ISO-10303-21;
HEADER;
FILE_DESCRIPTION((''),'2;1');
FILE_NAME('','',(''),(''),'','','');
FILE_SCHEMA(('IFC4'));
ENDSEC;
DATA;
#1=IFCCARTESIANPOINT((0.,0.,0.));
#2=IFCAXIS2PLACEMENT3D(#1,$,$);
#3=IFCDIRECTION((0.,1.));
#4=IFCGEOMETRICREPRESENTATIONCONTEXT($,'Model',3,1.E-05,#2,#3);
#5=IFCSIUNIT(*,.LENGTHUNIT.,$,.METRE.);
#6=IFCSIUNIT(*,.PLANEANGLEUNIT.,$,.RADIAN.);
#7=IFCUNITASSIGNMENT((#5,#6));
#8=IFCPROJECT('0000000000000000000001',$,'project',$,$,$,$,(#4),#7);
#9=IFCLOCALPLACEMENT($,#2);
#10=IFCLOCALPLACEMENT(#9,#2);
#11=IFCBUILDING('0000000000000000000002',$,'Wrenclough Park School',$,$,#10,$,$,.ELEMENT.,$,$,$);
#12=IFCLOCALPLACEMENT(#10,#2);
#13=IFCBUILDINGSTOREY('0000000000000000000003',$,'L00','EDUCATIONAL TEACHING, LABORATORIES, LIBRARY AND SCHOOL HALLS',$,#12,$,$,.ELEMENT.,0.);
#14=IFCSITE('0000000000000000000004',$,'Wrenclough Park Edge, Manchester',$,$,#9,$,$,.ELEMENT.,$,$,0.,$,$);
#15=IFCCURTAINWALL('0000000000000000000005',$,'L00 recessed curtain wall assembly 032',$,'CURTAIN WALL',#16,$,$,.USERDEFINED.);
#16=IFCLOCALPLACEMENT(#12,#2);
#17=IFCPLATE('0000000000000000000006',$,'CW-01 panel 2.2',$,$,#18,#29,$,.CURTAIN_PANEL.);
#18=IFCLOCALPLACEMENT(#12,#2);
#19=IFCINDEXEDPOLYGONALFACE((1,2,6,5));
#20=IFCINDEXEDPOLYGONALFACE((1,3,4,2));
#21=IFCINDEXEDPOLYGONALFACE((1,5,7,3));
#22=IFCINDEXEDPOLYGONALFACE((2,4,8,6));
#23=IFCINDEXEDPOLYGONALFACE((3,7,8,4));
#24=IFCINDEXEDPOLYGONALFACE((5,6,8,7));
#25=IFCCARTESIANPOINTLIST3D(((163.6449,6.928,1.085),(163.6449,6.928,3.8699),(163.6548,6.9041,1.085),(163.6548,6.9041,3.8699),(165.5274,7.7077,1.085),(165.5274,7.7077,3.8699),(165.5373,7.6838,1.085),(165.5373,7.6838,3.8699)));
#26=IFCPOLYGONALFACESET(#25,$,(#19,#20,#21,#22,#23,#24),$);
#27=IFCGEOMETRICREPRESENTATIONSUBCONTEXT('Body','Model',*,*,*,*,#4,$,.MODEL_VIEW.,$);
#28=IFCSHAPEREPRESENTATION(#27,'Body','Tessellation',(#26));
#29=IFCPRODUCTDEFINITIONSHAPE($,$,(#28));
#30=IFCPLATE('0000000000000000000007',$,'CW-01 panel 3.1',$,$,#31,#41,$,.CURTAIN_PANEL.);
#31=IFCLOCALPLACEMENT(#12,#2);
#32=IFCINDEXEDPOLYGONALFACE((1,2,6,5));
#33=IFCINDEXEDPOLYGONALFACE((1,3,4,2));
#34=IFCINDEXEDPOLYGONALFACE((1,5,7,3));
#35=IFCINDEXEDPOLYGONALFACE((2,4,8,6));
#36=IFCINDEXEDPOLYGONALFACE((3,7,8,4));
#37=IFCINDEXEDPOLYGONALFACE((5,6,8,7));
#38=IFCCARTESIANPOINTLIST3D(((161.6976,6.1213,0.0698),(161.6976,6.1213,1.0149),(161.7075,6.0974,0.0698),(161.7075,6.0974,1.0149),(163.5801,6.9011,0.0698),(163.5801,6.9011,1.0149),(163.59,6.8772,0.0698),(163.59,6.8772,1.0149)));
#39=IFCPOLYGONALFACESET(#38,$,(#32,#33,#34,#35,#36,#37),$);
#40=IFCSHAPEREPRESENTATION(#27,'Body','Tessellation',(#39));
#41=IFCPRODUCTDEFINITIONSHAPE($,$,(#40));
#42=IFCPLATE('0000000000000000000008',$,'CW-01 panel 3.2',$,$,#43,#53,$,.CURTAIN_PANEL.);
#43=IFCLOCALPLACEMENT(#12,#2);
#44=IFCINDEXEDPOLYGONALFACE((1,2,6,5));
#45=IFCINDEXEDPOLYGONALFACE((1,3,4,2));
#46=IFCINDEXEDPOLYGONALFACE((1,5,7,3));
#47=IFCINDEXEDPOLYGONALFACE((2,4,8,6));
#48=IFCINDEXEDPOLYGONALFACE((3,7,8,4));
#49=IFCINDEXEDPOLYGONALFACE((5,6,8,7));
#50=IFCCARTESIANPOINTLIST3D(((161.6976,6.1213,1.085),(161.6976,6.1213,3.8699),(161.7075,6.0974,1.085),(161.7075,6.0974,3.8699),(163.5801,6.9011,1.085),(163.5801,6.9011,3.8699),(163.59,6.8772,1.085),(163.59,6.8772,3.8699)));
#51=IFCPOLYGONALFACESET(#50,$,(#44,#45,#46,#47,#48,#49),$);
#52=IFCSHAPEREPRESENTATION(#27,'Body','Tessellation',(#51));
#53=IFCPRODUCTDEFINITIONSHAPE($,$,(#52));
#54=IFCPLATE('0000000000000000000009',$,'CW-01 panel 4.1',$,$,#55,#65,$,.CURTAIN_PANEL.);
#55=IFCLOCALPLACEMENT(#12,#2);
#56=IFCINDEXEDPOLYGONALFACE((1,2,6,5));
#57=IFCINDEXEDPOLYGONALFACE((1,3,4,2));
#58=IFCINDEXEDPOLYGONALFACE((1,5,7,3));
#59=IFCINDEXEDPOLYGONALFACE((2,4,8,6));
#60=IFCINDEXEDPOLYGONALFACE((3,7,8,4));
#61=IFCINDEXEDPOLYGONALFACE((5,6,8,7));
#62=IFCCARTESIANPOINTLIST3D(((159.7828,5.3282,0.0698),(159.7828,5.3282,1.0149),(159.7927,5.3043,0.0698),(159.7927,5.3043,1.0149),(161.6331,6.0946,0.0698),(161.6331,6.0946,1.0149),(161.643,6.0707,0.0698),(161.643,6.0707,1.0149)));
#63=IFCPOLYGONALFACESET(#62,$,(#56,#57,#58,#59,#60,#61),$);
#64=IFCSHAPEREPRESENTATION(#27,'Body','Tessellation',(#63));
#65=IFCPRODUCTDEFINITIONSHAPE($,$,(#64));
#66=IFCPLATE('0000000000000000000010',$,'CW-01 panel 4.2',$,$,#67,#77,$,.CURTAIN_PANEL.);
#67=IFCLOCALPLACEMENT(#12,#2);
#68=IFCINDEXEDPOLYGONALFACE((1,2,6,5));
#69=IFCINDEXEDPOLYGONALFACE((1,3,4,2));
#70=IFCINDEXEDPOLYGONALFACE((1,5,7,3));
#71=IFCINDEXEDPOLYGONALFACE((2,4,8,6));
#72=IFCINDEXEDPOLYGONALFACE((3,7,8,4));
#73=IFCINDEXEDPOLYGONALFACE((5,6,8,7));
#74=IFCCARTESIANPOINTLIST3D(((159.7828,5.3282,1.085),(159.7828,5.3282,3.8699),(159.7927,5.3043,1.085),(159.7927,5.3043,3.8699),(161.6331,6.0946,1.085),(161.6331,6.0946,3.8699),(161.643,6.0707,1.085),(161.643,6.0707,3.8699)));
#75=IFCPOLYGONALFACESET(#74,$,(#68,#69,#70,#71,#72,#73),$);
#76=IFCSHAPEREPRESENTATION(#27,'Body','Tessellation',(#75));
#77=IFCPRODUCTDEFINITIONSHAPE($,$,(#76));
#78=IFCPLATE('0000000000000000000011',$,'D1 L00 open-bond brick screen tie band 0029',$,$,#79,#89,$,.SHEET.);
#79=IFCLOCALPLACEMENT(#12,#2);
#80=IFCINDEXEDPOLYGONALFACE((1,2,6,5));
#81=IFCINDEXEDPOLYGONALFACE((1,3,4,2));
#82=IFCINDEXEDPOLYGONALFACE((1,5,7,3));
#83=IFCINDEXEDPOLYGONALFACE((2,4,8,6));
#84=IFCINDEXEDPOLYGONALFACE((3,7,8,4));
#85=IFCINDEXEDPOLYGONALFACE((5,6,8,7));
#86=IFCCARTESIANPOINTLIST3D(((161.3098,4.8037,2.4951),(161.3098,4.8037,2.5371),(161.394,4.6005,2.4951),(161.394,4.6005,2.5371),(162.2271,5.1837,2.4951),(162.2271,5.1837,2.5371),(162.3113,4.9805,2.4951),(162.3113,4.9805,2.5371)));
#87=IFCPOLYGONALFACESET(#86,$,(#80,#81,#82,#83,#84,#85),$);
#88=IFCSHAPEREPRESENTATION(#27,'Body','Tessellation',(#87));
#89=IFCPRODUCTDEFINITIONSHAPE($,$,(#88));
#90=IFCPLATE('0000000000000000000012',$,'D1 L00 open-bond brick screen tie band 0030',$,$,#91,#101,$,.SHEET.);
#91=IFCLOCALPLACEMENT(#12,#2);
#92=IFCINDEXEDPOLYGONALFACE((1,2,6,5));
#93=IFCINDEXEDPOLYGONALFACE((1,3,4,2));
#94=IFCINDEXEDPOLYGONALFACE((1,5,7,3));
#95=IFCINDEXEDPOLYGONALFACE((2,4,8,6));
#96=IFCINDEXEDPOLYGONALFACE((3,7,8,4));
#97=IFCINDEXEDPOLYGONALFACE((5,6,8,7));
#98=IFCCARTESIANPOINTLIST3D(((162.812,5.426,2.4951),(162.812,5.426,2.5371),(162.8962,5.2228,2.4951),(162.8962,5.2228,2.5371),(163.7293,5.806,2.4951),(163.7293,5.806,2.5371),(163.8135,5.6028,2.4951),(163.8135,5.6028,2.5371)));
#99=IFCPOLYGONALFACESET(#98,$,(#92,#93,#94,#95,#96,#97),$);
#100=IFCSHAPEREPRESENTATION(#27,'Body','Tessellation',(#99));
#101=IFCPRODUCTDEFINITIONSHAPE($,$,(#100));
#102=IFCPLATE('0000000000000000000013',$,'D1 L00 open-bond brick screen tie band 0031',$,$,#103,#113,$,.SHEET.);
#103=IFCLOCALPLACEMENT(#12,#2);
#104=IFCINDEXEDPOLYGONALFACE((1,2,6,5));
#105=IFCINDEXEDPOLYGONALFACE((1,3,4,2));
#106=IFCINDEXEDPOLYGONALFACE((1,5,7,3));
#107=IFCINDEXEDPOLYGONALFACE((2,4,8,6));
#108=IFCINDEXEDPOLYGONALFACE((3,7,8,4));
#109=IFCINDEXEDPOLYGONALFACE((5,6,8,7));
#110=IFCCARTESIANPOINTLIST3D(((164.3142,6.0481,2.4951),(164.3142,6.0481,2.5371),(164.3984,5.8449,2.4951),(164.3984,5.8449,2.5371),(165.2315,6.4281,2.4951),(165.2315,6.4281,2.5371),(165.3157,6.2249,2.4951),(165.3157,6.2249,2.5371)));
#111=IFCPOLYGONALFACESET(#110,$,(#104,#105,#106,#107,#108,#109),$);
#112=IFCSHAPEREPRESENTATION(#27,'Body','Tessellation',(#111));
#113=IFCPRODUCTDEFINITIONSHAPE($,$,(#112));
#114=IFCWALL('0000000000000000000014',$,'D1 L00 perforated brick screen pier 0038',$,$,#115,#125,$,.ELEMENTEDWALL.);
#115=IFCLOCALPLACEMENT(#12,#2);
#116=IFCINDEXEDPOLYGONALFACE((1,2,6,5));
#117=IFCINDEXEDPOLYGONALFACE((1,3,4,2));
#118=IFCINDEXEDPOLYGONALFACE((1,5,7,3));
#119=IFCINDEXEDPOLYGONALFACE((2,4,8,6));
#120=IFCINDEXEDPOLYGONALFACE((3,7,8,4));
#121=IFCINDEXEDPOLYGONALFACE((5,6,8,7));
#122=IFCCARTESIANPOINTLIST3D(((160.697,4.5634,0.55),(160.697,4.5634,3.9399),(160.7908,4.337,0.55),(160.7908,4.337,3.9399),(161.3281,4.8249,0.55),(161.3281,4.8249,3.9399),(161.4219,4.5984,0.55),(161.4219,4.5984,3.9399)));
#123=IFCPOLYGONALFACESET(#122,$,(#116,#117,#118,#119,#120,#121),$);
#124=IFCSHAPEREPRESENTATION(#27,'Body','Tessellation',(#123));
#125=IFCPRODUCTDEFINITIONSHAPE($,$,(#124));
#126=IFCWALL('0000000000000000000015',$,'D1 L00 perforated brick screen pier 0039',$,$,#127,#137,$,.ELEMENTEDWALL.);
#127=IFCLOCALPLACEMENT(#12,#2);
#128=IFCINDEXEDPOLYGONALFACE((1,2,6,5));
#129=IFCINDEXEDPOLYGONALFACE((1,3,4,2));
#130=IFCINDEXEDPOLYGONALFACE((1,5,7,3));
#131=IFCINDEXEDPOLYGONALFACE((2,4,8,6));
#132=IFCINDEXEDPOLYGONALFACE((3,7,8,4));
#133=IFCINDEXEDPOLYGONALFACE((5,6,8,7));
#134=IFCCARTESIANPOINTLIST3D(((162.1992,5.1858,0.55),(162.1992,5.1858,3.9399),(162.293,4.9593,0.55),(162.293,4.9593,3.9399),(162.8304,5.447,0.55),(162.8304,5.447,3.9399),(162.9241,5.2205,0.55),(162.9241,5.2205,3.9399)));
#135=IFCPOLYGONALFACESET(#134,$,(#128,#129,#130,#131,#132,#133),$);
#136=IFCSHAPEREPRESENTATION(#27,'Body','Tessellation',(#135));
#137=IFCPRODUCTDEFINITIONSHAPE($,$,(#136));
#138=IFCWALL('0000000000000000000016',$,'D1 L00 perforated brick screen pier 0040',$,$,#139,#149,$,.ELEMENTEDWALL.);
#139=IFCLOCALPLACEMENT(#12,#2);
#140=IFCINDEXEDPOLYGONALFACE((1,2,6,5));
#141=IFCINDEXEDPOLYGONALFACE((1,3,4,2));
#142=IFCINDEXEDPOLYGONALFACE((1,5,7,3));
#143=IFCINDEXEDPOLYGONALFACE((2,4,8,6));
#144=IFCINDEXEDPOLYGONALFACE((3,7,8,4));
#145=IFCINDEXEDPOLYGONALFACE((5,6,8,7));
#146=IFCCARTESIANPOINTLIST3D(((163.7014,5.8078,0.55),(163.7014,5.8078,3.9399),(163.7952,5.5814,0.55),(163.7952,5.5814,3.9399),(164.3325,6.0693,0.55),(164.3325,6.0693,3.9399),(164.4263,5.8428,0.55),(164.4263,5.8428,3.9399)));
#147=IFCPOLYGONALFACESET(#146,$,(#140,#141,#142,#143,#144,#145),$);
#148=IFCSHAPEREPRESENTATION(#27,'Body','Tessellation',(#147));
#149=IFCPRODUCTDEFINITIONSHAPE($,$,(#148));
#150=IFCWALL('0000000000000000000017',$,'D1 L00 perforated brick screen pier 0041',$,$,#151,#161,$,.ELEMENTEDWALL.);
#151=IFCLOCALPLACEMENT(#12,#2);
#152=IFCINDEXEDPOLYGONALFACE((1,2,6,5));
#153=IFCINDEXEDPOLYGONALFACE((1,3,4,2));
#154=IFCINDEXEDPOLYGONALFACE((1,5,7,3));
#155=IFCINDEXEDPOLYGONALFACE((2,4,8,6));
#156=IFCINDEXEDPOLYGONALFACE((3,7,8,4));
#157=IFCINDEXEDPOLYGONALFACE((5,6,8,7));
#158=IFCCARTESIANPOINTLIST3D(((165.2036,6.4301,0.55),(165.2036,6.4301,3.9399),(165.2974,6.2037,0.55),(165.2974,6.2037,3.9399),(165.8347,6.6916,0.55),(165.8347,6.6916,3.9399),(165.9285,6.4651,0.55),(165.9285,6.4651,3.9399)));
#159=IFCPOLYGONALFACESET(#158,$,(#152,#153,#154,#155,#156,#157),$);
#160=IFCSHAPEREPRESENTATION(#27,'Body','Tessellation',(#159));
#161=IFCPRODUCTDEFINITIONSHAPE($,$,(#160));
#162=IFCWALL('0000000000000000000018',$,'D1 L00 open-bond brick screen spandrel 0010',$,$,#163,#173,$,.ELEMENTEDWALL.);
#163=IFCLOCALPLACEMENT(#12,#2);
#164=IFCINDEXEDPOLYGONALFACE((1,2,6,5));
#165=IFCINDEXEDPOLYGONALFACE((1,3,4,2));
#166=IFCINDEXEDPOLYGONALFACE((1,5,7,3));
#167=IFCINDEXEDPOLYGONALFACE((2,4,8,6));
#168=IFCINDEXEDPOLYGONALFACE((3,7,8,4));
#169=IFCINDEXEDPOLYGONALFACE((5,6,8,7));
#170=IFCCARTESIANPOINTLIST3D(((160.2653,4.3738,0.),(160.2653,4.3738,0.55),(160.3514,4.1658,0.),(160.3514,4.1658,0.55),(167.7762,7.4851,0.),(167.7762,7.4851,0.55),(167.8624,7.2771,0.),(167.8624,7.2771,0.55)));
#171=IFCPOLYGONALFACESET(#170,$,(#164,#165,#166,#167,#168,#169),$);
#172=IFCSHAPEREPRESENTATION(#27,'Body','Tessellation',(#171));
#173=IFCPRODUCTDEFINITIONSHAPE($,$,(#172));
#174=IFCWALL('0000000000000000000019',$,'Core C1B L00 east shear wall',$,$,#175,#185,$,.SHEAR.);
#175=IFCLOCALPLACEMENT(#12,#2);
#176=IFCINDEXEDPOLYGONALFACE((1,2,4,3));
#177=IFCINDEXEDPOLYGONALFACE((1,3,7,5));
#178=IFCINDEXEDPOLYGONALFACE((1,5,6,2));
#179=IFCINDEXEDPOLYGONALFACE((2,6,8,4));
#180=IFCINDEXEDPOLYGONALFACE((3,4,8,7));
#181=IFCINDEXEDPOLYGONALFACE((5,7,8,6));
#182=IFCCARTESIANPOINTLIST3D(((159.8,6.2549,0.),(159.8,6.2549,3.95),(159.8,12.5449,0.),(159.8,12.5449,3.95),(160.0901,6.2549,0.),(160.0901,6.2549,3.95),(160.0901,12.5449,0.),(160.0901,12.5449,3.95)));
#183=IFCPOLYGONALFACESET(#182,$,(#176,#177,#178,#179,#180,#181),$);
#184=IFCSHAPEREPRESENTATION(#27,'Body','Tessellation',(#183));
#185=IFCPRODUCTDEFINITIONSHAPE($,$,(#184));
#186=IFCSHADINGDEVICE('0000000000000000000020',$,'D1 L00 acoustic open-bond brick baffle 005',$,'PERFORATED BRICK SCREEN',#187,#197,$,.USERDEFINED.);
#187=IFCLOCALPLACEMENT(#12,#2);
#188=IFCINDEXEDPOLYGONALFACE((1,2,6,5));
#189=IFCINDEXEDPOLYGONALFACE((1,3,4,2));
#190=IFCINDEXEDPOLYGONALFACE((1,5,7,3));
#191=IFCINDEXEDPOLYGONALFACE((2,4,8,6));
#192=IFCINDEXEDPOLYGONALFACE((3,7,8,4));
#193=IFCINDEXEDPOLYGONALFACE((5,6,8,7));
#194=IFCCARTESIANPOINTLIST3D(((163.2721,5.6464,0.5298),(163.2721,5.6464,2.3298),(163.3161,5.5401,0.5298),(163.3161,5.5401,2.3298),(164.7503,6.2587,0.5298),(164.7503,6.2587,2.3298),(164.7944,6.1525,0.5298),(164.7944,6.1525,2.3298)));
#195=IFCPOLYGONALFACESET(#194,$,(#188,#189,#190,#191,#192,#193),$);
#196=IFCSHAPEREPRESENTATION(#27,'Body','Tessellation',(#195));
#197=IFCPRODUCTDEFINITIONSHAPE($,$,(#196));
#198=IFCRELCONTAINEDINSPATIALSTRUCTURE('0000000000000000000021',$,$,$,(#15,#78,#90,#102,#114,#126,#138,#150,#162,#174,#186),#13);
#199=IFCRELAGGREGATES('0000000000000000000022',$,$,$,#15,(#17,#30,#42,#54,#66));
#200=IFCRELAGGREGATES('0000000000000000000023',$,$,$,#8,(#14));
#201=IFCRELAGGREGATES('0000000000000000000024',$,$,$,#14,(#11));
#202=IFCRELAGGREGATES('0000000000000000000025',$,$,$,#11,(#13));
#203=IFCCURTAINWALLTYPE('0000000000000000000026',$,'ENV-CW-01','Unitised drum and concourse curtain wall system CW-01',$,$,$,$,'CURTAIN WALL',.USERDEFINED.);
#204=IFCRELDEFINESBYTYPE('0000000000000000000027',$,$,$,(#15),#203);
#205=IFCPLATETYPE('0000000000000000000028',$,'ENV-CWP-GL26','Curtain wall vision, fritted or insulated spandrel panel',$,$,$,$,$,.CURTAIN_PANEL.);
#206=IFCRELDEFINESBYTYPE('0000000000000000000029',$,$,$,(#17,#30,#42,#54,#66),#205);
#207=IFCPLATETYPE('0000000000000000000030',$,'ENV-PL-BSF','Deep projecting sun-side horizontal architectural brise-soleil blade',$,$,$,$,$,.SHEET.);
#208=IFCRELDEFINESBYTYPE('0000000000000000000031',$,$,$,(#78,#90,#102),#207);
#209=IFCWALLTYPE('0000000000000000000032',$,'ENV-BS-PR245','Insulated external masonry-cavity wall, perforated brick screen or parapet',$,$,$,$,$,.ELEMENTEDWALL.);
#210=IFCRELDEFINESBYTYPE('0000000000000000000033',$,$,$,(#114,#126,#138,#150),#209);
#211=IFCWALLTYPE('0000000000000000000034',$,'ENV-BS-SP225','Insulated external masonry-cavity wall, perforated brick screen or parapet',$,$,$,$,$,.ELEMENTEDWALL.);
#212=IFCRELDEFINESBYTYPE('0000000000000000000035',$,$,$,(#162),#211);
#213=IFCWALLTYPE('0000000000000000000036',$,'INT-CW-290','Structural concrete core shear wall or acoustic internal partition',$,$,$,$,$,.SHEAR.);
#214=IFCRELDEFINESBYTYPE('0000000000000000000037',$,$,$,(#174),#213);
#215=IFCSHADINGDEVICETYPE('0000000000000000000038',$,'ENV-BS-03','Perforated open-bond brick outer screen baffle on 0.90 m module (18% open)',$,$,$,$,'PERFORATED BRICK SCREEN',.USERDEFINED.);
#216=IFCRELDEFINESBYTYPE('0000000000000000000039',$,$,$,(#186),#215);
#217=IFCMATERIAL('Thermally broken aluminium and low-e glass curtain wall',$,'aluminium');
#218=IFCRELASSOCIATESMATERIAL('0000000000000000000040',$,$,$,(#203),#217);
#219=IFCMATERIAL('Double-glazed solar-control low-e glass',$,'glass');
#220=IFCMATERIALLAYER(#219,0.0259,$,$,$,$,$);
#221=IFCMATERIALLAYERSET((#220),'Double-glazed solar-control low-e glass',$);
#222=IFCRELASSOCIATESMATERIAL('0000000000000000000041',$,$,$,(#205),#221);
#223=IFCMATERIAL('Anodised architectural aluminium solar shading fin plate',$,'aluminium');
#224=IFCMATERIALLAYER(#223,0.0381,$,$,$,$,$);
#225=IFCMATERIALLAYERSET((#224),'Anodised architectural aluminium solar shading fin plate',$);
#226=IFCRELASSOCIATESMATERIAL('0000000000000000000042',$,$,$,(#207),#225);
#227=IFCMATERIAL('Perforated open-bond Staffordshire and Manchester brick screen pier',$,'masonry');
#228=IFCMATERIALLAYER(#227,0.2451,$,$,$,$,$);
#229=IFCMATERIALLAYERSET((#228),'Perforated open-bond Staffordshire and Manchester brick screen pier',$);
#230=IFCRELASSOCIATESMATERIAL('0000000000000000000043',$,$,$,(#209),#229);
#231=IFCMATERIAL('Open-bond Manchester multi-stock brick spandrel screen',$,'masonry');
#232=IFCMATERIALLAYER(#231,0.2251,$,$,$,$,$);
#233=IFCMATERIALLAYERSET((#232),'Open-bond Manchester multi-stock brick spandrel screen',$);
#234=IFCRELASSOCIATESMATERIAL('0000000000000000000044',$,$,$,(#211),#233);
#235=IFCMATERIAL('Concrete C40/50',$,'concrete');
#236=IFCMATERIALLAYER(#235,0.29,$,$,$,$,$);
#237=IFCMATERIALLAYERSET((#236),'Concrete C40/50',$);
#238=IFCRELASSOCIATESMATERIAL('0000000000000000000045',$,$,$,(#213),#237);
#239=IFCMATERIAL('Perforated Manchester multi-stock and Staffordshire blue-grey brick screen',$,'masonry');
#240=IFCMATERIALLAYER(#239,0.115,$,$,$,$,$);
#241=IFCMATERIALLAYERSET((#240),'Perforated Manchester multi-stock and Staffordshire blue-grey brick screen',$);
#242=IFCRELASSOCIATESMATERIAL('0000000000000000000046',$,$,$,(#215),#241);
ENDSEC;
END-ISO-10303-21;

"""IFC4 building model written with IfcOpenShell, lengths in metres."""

from ifc_helpers import new_model, si_unit, direction, frame, frame_2d, origin, origin_2d, place, context, subcontext, project, spatial, rectangle, extrude, material, layer, layer_set, type_object, element, aggregate, save


model = new_model("IFC4")

# Units and contexts
model_context = context("Model", 3, precision=1e-05, world=origin(), true_north=direction((0.0, 1.0)))
body_context = subcontext(model_context, "Body", "Model", "MODEL_VIEW")
ifc_project = project(units=[si_unit("LENGTHUNIT", "METRE"), si_unit("PLANEANGLEUNIT", "RADIAN")], contexts=[model_context])

# Site, building, storey
site_placement = place(None, origin())
site = spatial("IfcSite", under=ifc_project, at=site_placement, Name="Wrenclough Park Edge, Manchester", CompositionType="ELEMENT", RefElevation=0.0)
building_placement = place(site_placement, origin())
building = spatial("IfcBuilding", under=site, at=building_placement, Name="Wrenclough Park School", CompositionType="ELEMENT")
storey_placement = place(building_placement, origin())
storey = spatial("IfcBuildingStorey", under=building, at=storey_placement, Name="L00", Description="EDUCATIONAL TEACHING, LABORATORIES, LIBRARY AND SCHOOL HALLS", CompositionType="ELEMENT", Elevation=0.0)

# Shared definitions
ifc_material_1 = material(Name="Concrete C40/50", Category="concrete")

# Curtain wall
ifc_material_2 = material(Name="Thermally broken aluminium and low-e glass curtain wall", Category="aluminium")
curtain_wall_type = type_object("IfcCurtainWallType", Name="ENV-CW-01", Description="Unitised drum and concourse curtain wall system CW-01", ElementType="CURTAIN WALL", PredefinedType="USERDEFINED", material=ifc_material_2)
curtain_wall_placement = place(storey_placement, origin())
curtain_wall = element("IfcCurtainWall", 1, at=curtain_wall_placement, inside=storey, type_object=curtain_wall_type, Name="L00 recessed curtain wall assembly 032", ObjectType="CURTAIN WALL", PredefinedType="USERDEFINED")

# Plates
ifc_material_3 = material(Name="Double-glazed solar-control low-e glass", Category="glass")
ifc_layer_1 = layer(ifc_material_3, 0.0259)
ifc_layer_set_1 = layer_set([ifc_layer_1], Name="Double-glazed solar-control low-e glass")
plate_type_1 = type_object("IfcPlateType", Name="ENV-CWP-GL26", Description="Curtain wall vision, fritted or insulated spandrel panel", PredefinedType="CURTAIN_PANEL", material=ifc_layer_set_1)
plate_1_placement = place(storey_placement, frame((164.5911, 7.3059, 1.085), z_axis=(0.0, 0.0, 1.0), x_axis=(-0.923878, -0.382687, 0.0)))
plate_1 = element("IfcPlate", 2, at=plate_1_placement, type_object=plate_type_1, Name="CW-01 panel 2.2", PredefinedType="CURTAIN_PANEL", context=body_context, shape_type="SweptSolid", body=[
    extrude(rectangle(XDim=2.0376, YDim=0.0259, at=origin_2d()), origin(), (0.0, 0.0, 1.0), 2.7849),
])
plate_2_placement = place(storey_placement, frame((162.6438, 6.4993, 0.0698), z_axis=(0.0, 0.0, 1.0), x_axis=(-0.923878, -0.382687, 0.0)))
plate_2 = element("IfcPlate", 3, at=plate_2_placement, type_object=plate_type_1, Name="CW-01 panel 3.1", PredefinedType="CURTAIN_PANEL", context=body_context, shape_type="SweptSolid", body=[
    extrude(rectangle(XDim=2.0376, YDim=0.0259, at=origin_2d()), origin(), (0.0, 0.0, 1.0), 0.9451),
])
plate_3_placement = place(storey_placement, frame((162.6438, 6.4993, 1.085), z_axis=(0.0, 0.0, 1.0), x_axis=(-0.923878, -0.382687, 0.0)))
plate_3 = element("IfcPlate", 4, at=plate_3_placement, type_object=plate_type_1, Name="CW-01 panel 3.2", PredefinedType="CURTAIN_PANEL", context=body_context, shape_type="SweptSolid", body=[
    extrude(rectangle(XDim=2.0376, YDim=0.0259, at=origin_2d()), origin(), (0.0, 0.0, 1.0), 2.7849),
])
plate_4_placement = place(storey_placement, frame((160.7129, 5.6995, 0.0698), z_axis=(0.0, 0.0, 1.0), x_axis=(-0.923878, -0.382687, 0.0)))
plate_4 = element("IfcPlate", 5, at=plate_4_placement, type_object=plate_type_1, Name="CW-01 panel 4.1", PredefinedType="CURTAIN_PANEL", context=body_context, shape_type="SweptSolid", body=[
    extrude(rectangle(XDim=2.0027, YDim=0.0259, at=origin_2d()), origin(), (0.0, 0.0, 1.0), 0.9451),
])
plate_5_placement = place(storey_placement, frame((160.7129, 5.6995, 1.085), z_axis=(0.0, 0.0, 1.0), x_axis=(-0.923878, -0.382687, 0.0)))
plate_5 = element("IfcPlate", 6, at=plate_5_placement, type_object=plate_type_1, Name="CW-01 panel 4.2", PredefinedType="CURTAIN_PANEL", context=body_context, shape_type="SweptSolid", body=[
    extrude(rectangle(XDim=2.0027, YDim=0.0259, at=origin_2d()), origin(), (0.0, 0.0, 1.0), 2.7849),
])
aggregate(curtain_wall, [plate_1, plate_2, plate_3, plate_4, plate_5])

# Plates
ifc_material_4 = material(Name="Anodised architectural aluminium solar shading fin plate", Category="aluminium")
ifc_layer_2 = layer(ifc_material_4, 0.0381)
ifc_layer_set_2 = layer_set([ifc_layer_2], Name="Anodised architectural aluminium solar shading fin plate")
plate_type_2 = type_object("IfcPlateType", Name="ENV-PL-BSF", Description="Deep projecting sun-side horizontal architectural brise-soleil blade", PredefinedType="SHEET", material=ifc_layer_set_2)
for number, where, z_axis, x_axis, name in (
    (7, (161.8105, 4.8921, 2.4951), (0.0, 0.0, 1.0), (0.923876, 0.382692, 0.0), "D1 L00 open-bond brick screen tie band 0029"),
    (8, (163.3127, 5.5144, 2.4951), (0.0, 0.0, 1.0), (0.923876, 0.382692, 0.0), "D1 L00 open-bond brick screen tie band 0030"),
    (9, (164.8149, 6.1365, 2.4951), (0.0, 0.0, 1.0), (0.923876, 0.382692, 0.0), "D1 L00 open-bond brick screen tie band 0031"),
):
    element("IfcPlate", number, at=place(storey_placement, frame(where, z_axis=z_axis, x_axis=x_axis)), inside=storey, type_object=plate_type_2, Name=name, PredefinedType="SHEET", context=body_context, shape_type="SweptSolid", body=[
        extrude(rectangle(XDim=0.9929, YDim=0.22, at=origin_2d()), origin(), (0.0, 0.0, 1.0), 0.042),
    ])

# Walls
ifc_material_5 = material(Name="Perforated open-bond Staffordshire and Manchester brick screen pier", Category="masonry")
ifc_layer_3 = layer(ifc_material_5, 0.2451)
ifc_layer_set_3 = layer_set([ifc_layer_3], Name="Perforated open-bond Staffordshire and Manchester brick screen pier")
wall_type_1 = type_object("IfcWallType", Name="ENV-BS-PR245", Description="Insulated external masonry-cavity wall, perforated brick screen or parapet", PredefinedType="ELEMENTEDWALL", material=ifc_layer_set_3)
for number, where, z_axis, x_axis, name in (
    (10, (160.7439, 4.4502, 0.55), (0.0, 0.0, 1.0), (0.923847, 0.382762, 0.0), "D1 L00 perforated brick screen pier 0038"),
    (11, (162.2461, 5.0725, 0.55), (0.0, 0.0, 1.0), (0.923973, 0.382457, 0.0), "D1 L00 perforated brick screen pier 0039"),
    (12, (163.7483, 5.6946, 0.55), (0.0, 0.0, 1.0), (0.923847, 0.382762, 0.0), "D1 L00 perforated brick screen pier 0040"),
    (13, (165.2505, 6.3169, 0.55), (0.0, 0.0, 1.0), (0.923847, 0.382762, 0.0), "D1 L00 perforated brick screen pier 0041"),
):
    element("IfcWall", number, at=place(storey_placement, frame(where, z_axis=z_axis, x_axis=x_axis)), inside=storey, type_object=wall_type_1, Name=name, PredefinedType="ELEMENTEDWALL", context=body_context, shape_type="SweptSolid", body=[
        extrude(rectangle(XDim=0.6831, YDim=0.2451, at=frame_2d((0.3416, 0.0))), origin(), (0.0, 0.0, 1.0), 3.3899),
    ])
ifc_material_6 = material(Name="Open-bond Manchester multi-stock brick spandrel screen", Category="masonry")
ifc_layer_4 = layer(ifc_material_6, 0.2251)
ifc_layer_set_4 = layer_set([ifc_layer_4], Name="Open-bond Manchester multi-stock brick spandrel screen")
wall_type_2 = type_object("IfcWallType", Name="ENV-BS-SP225", Description="Insulated external masonry-cavity wall, perforated brick screen or parapet", PredefinedType="ELEMENTEDWALL", material=ifc_layer_set_4)
wall_1_placement = place(storey_placement, frame((160.3083, 4.2698, 0.0), z_axis=(0.0, 0.0, 1.0), x_axis=(0.923872, 0.382702, 0.0)))
element("IfcWall", 14, at=wall_1_placement, inside=storey, type_object=wall_type_2, Name="D1 L00 open-bond brick screen spandrel 0010", PredefinedType="ELEMENTEDWALL", context=body_context, shape_type="SweptSolid", body=[
    extrude(rectangle(XDim=8.1299, YDim=0.2251, at=frame_2d((4.0649, 0.0))), origin(), (0.0, 0.0, 1.0), 0.55),
])
ifc_layer_5 = layer(ifc_material_1, 0.29)
ifc_layer_set_5 = layer_set([ifc_layer_5], Name="Concrete C40/50")
wall_type_3 = type_object("IfcWallType", Name="INT-CW-290", Description="Structural concrete core shear wall or acoustic internal partition", PredefinedType="SHEAR", material=ifc_layer_set_5)
wall_2_placement = place(storey_placement, frame((159.9451, 6.2549, 0.0), z_axis=(0.0, 0.0, 1.0), x_axis=(0.0, 1.0, 0.0)))
element("IfcWall", 15, at=wall_2_placement, inside=storey, type_object=wall_type_3, Name="Core C1B L00 east shear wall", PredefinedType="SHEAR", context=body_context, shape_type="SweptSolid", body=[
    extrude(rectangle(XDim=6.29, YDim=0.29, at=frame_2d((3.145, 0.0))), origin(), (0.0, 0.0, 1.0), 3.95),
])

# Shading device
ifc_material_7 = material(Name="Perforated Manchester multi-stock and Staffordshire blue-grey brick screen", Category="masonry")
ifc_layer_6 = layer(ifc_material_7, 0.115)
ifc_layer_set_6 = layer_set([ifc_layer_6], Name="Perforated Manchester multi-stock and Staffordshire blue-grey brick screen")
shading_device_type = type_object("IfcShadingDeviceType", Name="ENV-BS-03", Description="Perforated open-bond brick outer screen baffle on 0.90 m module (18% open)", ElementType="PERFORATED BRICK SCREEN", PredefinedType="USERDEFINED", material=ifc_layer_set_6)
shading_device_placement = place(storey_placement, frame((164.0332, 5.8994, 0.5298), z_axis=(0.0, 0.0, 1.0), x_axis=(0.923876, 0.382692, 0.0)))
element("IfcShadingDevice", 16, at=shading_device_placement, inside=storey, type_object=shading_device_type, Name="D1 L00 acoustic open-bond brick baffle 005", ObjectType="PERFORATED BRICK SCREEN", PredefinedType="USERDEFINED", context=body_context, shape_type="SweptSolid", body=[
    extrude(rectangle(XDim=1.6001, YDim=0.115, at=origin_2d()), origin(), (0.0, 0.0, 1.0), 1.8),
])

save(model, "model.ifc")
